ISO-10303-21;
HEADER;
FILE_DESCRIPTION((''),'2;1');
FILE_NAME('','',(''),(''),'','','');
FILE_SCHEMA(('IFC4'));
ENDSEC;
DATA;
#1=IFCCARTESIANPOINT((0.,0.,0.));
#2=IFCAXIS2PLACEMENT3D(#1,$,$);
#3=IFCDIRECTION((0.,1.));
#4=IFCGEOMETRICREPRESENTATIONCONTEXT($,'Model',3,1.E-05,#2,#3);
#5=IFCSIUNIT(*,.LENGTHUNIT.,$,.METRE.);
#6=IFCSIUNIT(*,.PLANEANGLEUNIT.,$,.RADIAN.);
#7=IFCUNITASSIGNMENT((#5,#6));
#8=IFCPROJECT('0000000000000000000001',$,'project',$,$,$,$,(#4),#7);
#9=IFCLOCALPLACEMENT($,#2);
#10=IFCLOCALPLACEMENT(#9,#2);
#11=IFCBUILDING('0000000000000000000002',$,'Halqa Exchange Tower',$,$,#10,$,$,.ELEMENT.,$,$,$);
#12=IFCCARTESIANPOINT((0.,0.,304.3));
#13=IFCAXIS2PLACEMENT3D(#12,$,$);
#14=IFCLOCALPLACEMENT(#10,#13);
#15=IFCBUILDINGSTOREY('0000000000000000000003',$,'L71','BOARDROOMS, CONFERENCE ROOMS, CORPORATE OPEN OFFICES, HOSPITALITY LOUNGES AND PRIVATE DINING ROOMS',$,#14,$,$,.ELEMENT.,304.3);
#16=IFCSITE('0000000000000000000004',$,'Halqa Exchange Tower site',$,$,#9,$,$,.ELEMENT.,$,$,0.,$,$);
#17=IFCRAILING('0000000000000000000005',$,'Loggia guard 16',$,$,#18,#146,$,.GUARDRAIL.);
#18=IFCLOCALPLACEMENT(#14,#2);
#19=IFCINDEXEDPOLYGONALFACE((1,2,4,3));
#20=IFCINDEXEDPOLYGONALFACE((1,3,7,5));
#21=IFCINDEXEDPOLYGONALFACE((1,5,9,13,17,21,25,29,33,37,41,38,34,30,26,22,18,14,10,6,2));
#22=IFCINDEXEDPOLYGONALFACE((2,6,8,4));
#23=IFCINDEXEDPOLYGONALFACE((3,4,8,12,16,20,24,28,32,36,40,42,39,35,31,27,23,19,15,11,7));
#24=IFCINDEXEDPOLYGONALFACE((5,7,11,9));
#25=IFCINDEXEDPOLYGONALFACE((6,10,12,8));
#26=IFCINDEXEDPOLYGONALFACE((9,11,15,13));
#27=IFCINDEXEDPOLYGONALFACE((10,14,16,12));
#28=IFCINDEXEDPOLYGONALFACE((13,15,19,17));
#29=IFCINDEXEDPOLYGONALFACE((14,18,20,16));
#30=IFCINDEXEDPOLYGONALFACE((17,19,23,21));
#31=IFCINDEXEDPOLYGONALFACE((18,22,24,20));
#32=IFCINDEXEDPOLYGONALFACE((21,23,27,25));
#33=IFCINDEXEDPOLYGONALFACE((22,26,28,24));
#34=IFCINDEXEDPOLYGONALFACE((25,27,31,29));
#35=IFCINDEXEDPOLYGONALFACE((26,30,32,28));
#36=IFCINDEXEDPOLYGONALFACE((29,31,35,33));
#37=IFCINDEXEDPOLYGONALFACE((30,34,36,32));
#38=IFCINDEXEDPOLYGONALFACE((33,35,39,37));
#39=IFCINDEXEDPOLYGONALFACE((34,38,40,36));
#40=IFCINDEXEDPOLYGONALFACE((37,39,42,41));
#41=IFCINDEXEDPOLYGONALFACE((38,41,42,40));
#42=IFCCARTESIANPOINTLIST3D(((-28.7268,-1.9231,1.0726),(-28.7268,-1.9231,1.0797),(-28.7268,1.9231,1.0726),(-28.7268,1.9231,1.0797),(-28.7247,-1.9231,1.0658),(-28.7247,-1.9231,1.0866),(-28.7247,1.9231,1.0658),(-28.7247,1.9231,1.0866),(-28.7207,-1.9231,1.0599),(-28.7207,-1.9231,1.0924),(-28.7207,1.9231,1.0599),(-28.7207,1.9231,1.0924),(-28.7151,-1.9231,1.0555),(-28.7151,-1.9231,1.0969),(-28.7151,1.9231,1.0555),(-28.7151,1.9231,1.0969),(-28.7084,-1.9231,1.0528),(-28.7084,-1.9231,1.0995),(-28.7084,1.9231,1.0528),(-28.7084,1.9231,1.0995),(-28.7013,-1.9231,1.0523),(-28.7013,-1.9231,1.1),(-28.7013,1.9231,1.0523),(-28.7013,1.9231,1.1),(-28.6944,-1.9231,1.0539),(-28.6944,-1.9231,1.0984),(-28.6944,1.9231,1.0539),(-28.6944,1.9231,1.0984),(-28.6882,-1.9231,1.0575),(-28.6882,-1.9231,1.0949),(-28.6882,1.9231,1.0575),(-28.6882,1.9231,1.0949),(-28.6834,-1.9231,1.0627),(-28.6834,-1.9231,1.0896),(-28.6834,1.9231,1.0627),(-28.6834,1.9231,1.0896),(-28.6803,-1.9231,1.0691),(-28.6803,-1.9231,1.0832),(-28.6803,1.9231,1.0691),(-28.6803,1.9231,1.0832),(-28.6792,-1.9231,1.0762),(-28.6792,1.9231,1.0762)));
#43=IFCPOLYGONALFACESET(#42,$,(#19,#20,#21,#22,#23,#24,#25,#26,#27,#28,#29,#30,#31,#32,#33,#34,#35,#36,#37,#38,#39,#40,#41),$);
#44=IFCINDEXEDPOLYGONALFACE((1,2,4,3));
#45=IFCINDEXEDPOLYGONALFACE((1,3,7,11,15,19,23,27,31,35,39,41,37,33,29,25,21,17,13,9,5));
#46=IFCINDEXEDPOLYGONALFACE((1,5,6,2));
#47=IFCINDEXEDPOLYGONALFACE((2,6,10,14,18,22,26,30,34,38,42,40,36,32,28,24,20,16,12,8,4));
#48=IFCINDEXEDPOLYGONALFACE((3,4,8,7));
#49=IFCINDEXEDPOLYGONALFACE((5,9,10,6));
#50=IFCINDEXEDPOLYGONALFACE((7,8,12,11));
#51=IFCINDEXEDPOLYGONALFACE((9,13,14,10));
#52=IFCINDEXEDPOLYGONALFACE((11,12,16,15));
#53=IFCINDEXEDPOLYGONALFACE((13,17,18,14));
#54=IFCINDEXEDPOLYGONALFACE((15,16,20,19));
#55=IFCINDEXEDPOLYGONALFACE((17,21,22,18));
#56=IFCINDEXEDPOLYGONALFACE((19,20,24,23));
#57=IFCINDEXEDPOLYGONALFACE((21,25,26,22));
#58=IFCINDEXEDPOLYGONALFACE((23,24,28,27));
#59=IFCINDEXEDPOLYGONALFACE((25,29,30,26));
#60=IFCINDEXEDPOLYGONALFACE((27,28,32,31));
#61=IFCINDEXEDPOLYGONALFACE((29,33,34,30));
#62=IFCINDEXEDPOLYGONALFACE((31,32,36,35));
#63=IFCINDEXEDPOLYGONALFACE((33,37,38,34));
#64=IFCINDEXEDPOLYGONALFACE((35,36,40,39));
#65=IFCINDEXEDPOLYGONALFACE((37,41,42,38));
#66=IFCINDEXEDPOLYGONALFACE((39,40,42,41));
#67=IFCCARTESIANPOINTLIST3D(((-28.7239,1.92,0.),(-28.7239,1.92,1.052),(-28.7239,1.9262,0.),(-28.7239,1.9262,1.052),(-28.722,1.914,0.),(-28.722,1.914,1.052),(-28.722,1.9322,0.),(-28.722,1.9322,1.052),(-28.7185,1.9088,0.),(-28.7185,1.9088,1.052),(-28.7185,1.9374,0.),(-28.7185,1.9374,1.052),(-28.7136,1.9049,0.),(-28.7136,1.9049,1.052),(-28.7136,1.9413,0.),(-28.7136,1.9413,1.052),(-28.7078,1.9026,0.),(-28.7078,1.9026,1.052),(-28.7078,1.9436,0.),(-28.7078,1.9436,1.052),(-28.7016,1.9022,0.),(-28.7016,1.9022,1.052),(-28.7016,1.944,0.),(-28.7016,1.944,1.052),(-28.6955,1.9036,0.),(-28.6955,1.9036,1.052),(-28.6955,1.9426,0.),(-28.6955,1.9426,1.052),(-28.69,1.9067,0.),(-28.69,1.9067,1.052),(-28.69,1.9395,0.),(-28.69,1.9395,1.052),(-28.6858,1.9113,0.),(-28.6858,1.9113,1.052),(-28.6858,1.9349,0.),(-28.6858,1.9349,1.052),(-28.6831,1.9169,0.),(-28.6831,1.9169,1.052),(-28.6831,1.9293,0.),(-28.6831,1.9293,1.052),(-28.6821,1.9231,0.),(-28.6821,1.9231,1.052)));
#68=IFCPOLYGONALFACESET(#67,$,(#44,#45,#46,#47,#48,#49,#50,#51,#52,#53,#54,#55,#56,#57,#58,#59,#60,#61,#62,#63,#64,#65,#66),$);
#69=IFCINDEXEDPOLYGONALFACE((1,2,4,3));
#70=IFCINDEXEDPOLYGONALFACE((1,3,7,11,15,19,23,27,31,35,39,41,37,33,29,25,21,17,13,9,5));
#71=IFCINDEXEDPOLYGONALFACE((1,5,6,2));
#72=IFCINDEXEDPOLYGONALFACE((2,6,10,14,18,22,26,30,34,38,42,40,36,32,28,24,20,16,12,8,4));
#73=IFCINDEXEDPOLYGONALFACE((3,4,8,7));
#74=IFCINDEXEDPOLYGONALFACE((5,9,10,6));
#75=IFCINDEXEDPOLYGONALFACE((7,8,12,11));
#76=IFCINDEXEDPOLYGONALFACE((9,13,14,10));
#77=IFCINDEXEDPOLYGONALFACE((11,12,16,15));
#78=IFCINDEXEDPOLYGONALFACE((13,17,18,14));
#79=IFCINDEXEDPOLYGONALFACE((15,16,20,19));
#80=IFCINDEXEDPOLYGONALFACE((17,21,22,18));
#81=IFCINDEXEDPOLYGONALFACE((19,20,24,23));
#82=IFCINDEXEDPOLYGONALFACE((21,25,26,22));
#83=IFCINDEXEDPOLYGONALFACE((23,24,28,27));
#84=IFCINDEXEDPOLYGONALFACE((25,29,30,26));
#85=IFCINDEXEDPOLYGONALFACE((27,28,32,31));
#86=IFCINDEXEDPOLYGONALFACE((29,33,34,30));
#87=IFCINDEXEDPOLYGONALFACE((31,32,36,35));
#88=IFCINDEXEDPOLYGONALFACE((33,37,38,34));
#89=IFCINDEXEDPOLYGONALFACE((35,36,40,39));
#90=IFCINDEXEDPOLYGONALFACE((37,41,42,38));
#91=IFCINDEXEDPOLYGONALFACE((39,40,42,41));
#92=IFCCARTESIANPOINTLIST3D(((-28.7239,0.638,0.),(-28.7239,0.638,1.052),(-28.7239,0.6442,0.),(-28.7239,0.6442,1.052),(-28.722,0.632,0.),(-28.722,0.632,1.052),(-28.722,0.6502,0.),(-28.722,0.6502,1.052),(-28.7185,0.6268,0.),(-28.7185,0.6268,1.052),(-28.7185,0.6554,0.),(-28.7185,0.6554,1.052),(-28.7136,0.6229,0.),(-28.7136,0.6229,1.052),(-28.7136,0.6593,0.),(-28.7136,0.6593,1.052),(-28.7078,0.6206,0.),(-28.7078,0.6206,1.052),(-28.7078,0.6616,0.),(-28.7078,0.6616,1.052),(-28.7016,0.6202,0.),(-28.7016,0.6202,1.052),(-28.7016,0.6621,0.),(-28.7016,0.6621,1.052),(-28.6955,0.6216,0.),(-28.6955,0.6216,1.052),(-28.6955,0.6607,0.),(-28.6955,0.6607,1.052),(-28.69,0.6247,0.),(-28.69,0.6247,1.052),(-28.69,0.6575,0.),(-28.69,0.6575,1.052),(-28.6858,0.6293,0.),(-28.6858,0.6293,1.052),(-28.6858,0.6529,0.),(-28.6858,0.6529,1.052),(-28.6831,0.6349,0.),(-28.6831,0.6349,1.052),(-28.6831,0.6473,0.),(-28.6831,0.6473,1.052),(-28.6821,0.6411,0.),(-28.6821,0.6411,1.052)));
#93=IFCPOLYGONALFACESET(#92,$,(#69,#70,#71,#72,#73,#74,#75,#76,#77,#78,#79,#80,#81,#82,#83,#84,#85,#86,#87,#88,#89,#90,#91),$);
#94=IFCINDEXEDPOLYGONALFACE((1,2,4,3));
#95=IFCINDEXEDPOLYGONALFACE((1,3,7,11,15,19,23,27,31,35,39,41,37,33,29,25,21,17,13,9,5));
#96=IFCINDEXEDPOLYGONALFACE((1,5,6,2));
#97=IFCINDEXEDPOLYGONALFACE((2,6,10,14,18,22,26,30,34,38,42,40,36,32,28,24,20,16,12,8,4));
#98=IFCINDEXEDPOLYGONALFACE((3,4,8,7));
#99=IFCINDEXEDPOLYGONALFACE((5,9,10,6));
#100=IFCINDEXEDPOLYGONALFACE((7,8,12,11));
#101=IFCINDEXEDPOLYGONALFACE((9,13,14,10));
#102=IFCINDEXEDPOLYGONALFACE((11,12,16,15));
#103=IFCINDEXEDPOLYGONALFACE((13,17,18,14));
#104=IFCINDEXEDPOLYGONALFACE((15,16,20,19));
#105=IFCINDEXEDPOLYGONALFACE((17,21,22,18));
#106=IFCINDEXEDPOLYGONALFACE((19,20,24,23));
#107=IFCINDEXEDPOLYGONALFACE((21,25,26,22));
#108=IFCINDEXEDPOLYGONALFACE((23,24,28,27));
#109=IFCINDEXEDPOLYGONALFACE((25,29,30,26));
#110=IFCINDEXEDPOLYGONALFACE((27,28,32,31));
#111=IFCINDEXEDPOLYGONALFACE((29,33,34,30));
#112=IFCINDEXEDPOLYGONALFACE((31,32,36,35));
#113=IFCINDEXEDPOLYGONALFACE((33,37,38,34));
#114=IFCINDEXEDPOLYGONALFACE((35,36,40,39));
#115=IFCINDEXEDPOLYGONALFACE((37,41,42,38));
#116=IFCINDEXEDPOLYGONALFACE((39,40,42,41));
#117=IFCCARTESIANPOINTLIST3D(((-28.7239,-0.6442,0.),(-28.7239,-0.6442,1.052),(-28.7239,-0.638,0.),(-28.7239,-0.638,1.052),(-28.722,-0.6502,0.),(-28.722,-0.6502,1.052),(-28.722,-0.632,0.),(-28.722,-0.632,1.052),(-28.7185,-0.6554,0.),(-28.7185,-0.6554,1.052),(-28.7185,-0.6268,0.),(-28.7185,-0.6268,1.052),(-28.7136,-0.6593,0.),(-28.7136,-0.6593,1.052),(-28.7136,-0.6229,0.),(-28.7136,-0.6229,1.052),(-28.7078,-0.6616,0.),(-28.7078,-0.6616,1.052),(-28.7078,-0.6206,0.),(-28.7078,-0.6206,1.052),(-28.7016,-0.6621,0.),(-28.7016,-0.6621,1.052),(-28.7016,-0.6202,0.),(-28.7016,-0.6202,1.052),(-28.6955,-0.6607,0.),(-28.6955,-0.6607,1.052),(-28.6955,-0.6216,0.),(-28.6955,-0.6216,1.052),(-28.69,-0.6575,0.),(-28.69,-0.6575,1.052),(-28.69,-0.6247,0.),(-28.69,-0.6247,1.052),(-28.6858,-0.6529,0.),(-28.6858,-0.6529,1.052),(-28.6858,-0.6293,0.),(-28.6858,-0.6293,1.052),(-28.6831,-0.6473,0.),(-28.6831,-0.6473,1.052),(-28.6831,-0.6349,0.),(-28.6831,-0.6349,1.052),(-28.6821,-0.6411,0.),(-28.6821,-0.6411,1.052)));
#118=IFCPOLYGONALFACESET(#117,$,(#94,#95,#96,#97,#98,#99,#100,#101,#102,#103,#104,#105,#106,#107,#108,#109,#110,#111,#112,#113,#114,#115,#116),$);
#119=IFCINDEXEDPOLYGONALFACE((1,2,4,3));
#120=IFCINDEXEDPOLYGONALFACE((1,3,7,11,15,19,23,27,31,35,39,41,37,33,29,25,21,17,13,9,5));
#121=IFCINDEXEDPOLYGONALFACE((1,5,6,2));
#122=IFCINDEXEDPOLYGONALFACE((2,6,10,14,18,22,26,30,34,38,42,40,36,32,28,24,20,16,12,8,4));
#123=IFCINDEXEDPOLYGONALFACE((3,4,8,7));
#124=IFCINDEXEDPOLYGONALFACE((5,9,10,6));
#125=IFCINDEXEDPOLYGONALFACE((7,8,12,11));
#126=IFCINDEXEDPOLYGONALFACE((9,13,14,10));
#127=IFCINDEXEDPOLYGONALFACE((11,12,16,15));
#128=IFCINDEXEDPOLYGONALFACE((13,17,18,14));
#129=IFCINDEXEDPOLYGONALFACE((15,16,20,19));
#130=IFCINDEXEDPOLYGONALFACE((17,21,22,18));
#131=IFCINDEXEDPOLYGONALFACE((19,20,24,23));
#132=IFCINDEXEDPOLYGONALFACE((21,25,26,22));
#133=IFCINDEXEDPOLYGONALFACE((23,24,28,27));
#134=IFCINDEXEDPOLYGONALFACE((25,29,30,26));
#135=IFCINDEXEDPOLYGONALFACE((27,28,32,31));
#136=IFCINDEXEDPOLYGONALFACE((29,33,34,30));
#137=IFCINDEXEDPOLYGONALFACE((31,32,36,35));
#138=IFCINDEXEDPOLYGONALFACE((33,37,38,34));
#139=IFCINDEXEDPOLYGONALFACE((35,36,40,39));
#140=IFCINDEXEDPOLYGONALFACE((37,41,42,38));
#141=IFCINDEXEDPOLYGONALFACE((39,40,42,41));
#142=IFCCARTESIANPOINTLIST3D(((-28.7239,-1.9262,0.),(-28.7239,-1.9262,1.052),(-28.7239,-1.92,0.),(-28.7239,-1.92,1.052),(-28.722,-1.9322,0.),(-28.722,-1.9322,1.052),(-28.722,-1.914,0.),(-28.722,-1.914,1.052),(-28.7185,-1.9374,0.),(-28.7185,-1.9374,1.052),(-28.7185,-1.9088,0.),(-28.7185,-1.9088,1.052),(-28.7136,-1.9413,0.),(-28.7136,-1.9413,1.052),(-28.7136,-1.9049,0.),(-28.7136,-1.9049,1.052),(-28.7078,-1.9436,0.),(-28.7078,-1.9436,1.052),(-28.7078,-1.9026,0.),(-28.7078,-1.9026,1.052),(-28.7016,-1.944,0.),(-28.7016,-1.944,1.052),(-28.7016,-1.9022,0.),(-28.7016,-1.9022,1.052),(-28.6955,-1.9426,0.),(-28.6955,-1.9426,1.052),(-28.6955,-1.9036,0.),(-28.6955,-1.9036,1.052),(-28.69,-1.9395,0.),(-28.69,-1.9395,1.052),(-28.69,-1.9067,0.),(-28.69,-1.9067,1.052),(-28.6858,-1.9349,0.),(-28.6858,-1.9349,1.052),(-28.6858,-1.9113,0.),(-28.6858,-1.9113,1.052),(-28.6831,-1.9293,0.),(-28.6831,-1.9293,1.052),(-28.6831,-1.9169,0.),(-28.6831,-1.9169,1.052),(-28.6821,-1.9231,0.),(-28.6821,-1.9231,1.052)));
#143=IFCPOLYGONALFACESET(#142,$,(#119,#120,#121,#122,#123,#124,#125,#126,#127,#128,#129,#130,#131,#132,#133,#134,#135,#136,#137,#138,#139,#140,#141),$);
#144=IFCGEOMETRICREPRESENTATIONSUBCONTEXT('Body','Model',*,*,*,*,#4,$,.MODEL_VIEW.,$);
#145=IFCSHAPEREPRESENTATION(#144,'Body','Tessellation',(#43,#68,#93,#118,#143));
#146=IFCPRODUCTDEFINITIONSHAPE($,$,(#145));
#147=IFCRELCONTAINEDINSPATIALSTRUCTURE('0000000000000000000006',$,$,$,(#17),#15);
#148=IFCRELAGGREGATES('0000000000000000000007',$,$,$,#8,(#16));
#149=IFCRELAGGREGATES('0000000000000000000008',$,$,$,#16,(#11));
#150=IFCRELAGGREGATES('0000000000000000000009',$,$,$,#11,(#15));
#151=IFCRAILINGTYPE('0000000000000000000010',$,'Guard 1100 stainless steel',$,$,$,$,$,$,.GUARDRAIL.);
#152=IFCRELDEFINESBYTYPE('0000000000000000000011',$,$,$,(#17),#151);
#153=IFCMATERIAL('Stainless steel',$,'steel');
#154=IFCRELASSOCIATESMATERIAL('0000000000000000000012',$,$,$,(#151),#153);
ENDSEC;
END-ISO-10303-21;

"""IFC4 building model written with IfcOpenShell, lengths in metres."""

from ifc_helpers import new_model, si_unit, direction, frame, origin, origin_2d, place, context, subcontext, project, spatial, circle, extrude, material, type_object, element, save


model = new_model("IFC4")

# Units and contexts
model_context = context("Model", 3, precision=1e-05, world=origin(), true_north=direction((0.0, 1.0)))
body_context = subcontext(model_context, "Body", "Model", "MODEL_VIEW")
ifc_project = project(units=[si_unit("LENGTHUNIT", "METRE"), si_unit("PLANEANGLEUNIT", "RADIAN")], contexts=[model_context])

# Site, building, storey
site_placement = place(None, origin())
site = spatial("IfcSite", under=ifc_project, at=site_placement, Name="Halqa Exchange Tower site", CompositionType="ELEMENT", RefElevation=0.0)
building_placement = place(site_placement, origin())
building = spatial("IfcBuilding", under=site, at=building_placement, Name="Halqa Exchange Tower", CompositionType="ELEMENT")
storey_placement = place(building_placement, frame((0.0, 0.0, 304.3)))
storey = spatial("IfcBuildingStorey", under=building, at=storey_placement, Name="L71", Description="BOARDROOMS, CONFERENCE ROOMS, CORPORATE OPEN OFFICES, HOSPITALITY LOUNGES AND PRIVATE DINING ROOMS", CompositionType="ELEMENT", Elevation=304.3)

# Railing
ifc_material_1 = material(Name="Stainless steel", Category="steel")
railing_type = type_object("IfcRailingType", Name="Guard 1100 stainless steel", PredefinedType="GUARDRAIL", material=ifc_material_1)
railing_1_placement = place(storey_placement, frame((-28.7031, 1.9231, 0.0)))
element("IfcRailing", 1, at=railing_1_placement, inside=storey, type_object=railing_type, Name="Loggia guard 16", PredefinedType="GUARDRAIL", context=body_context, shape_type="SweptSolid", body=[
    extrude(circle(Radius=0.0239, at=origin_2d()), frame((0.0, 0.0, 1.0762), z_axis=(0.0, -1.0, 0.0), x_axis=(1.0, 0.0, 0.0)), (0.0, 0.0, 1.0), 3.8462),
    extrude(circle(Radius=0.021, at=origin_2d()), origin(), (0.0, 0.0, 1.0), 1.052),
    extrude(circle(Radius=0.021, at=origin_2d()), frame((0.0, -1.282, 0.0)), (0.0, 0.0, 1.0), 1.052),
    extrude(circle(Radius=0.021, at=origin_2d()), frame((0.0, -2.5642, 0.0)), (0.0, 0.0, 1.0), 1.052),
    extrude(circle(Radius=0.021, at=origin_2d()), frame((0.0, -3.8462, 0.0)), (0.0, 0.0, 1.0), 1.052),
])

save(model, "model.ifc")
